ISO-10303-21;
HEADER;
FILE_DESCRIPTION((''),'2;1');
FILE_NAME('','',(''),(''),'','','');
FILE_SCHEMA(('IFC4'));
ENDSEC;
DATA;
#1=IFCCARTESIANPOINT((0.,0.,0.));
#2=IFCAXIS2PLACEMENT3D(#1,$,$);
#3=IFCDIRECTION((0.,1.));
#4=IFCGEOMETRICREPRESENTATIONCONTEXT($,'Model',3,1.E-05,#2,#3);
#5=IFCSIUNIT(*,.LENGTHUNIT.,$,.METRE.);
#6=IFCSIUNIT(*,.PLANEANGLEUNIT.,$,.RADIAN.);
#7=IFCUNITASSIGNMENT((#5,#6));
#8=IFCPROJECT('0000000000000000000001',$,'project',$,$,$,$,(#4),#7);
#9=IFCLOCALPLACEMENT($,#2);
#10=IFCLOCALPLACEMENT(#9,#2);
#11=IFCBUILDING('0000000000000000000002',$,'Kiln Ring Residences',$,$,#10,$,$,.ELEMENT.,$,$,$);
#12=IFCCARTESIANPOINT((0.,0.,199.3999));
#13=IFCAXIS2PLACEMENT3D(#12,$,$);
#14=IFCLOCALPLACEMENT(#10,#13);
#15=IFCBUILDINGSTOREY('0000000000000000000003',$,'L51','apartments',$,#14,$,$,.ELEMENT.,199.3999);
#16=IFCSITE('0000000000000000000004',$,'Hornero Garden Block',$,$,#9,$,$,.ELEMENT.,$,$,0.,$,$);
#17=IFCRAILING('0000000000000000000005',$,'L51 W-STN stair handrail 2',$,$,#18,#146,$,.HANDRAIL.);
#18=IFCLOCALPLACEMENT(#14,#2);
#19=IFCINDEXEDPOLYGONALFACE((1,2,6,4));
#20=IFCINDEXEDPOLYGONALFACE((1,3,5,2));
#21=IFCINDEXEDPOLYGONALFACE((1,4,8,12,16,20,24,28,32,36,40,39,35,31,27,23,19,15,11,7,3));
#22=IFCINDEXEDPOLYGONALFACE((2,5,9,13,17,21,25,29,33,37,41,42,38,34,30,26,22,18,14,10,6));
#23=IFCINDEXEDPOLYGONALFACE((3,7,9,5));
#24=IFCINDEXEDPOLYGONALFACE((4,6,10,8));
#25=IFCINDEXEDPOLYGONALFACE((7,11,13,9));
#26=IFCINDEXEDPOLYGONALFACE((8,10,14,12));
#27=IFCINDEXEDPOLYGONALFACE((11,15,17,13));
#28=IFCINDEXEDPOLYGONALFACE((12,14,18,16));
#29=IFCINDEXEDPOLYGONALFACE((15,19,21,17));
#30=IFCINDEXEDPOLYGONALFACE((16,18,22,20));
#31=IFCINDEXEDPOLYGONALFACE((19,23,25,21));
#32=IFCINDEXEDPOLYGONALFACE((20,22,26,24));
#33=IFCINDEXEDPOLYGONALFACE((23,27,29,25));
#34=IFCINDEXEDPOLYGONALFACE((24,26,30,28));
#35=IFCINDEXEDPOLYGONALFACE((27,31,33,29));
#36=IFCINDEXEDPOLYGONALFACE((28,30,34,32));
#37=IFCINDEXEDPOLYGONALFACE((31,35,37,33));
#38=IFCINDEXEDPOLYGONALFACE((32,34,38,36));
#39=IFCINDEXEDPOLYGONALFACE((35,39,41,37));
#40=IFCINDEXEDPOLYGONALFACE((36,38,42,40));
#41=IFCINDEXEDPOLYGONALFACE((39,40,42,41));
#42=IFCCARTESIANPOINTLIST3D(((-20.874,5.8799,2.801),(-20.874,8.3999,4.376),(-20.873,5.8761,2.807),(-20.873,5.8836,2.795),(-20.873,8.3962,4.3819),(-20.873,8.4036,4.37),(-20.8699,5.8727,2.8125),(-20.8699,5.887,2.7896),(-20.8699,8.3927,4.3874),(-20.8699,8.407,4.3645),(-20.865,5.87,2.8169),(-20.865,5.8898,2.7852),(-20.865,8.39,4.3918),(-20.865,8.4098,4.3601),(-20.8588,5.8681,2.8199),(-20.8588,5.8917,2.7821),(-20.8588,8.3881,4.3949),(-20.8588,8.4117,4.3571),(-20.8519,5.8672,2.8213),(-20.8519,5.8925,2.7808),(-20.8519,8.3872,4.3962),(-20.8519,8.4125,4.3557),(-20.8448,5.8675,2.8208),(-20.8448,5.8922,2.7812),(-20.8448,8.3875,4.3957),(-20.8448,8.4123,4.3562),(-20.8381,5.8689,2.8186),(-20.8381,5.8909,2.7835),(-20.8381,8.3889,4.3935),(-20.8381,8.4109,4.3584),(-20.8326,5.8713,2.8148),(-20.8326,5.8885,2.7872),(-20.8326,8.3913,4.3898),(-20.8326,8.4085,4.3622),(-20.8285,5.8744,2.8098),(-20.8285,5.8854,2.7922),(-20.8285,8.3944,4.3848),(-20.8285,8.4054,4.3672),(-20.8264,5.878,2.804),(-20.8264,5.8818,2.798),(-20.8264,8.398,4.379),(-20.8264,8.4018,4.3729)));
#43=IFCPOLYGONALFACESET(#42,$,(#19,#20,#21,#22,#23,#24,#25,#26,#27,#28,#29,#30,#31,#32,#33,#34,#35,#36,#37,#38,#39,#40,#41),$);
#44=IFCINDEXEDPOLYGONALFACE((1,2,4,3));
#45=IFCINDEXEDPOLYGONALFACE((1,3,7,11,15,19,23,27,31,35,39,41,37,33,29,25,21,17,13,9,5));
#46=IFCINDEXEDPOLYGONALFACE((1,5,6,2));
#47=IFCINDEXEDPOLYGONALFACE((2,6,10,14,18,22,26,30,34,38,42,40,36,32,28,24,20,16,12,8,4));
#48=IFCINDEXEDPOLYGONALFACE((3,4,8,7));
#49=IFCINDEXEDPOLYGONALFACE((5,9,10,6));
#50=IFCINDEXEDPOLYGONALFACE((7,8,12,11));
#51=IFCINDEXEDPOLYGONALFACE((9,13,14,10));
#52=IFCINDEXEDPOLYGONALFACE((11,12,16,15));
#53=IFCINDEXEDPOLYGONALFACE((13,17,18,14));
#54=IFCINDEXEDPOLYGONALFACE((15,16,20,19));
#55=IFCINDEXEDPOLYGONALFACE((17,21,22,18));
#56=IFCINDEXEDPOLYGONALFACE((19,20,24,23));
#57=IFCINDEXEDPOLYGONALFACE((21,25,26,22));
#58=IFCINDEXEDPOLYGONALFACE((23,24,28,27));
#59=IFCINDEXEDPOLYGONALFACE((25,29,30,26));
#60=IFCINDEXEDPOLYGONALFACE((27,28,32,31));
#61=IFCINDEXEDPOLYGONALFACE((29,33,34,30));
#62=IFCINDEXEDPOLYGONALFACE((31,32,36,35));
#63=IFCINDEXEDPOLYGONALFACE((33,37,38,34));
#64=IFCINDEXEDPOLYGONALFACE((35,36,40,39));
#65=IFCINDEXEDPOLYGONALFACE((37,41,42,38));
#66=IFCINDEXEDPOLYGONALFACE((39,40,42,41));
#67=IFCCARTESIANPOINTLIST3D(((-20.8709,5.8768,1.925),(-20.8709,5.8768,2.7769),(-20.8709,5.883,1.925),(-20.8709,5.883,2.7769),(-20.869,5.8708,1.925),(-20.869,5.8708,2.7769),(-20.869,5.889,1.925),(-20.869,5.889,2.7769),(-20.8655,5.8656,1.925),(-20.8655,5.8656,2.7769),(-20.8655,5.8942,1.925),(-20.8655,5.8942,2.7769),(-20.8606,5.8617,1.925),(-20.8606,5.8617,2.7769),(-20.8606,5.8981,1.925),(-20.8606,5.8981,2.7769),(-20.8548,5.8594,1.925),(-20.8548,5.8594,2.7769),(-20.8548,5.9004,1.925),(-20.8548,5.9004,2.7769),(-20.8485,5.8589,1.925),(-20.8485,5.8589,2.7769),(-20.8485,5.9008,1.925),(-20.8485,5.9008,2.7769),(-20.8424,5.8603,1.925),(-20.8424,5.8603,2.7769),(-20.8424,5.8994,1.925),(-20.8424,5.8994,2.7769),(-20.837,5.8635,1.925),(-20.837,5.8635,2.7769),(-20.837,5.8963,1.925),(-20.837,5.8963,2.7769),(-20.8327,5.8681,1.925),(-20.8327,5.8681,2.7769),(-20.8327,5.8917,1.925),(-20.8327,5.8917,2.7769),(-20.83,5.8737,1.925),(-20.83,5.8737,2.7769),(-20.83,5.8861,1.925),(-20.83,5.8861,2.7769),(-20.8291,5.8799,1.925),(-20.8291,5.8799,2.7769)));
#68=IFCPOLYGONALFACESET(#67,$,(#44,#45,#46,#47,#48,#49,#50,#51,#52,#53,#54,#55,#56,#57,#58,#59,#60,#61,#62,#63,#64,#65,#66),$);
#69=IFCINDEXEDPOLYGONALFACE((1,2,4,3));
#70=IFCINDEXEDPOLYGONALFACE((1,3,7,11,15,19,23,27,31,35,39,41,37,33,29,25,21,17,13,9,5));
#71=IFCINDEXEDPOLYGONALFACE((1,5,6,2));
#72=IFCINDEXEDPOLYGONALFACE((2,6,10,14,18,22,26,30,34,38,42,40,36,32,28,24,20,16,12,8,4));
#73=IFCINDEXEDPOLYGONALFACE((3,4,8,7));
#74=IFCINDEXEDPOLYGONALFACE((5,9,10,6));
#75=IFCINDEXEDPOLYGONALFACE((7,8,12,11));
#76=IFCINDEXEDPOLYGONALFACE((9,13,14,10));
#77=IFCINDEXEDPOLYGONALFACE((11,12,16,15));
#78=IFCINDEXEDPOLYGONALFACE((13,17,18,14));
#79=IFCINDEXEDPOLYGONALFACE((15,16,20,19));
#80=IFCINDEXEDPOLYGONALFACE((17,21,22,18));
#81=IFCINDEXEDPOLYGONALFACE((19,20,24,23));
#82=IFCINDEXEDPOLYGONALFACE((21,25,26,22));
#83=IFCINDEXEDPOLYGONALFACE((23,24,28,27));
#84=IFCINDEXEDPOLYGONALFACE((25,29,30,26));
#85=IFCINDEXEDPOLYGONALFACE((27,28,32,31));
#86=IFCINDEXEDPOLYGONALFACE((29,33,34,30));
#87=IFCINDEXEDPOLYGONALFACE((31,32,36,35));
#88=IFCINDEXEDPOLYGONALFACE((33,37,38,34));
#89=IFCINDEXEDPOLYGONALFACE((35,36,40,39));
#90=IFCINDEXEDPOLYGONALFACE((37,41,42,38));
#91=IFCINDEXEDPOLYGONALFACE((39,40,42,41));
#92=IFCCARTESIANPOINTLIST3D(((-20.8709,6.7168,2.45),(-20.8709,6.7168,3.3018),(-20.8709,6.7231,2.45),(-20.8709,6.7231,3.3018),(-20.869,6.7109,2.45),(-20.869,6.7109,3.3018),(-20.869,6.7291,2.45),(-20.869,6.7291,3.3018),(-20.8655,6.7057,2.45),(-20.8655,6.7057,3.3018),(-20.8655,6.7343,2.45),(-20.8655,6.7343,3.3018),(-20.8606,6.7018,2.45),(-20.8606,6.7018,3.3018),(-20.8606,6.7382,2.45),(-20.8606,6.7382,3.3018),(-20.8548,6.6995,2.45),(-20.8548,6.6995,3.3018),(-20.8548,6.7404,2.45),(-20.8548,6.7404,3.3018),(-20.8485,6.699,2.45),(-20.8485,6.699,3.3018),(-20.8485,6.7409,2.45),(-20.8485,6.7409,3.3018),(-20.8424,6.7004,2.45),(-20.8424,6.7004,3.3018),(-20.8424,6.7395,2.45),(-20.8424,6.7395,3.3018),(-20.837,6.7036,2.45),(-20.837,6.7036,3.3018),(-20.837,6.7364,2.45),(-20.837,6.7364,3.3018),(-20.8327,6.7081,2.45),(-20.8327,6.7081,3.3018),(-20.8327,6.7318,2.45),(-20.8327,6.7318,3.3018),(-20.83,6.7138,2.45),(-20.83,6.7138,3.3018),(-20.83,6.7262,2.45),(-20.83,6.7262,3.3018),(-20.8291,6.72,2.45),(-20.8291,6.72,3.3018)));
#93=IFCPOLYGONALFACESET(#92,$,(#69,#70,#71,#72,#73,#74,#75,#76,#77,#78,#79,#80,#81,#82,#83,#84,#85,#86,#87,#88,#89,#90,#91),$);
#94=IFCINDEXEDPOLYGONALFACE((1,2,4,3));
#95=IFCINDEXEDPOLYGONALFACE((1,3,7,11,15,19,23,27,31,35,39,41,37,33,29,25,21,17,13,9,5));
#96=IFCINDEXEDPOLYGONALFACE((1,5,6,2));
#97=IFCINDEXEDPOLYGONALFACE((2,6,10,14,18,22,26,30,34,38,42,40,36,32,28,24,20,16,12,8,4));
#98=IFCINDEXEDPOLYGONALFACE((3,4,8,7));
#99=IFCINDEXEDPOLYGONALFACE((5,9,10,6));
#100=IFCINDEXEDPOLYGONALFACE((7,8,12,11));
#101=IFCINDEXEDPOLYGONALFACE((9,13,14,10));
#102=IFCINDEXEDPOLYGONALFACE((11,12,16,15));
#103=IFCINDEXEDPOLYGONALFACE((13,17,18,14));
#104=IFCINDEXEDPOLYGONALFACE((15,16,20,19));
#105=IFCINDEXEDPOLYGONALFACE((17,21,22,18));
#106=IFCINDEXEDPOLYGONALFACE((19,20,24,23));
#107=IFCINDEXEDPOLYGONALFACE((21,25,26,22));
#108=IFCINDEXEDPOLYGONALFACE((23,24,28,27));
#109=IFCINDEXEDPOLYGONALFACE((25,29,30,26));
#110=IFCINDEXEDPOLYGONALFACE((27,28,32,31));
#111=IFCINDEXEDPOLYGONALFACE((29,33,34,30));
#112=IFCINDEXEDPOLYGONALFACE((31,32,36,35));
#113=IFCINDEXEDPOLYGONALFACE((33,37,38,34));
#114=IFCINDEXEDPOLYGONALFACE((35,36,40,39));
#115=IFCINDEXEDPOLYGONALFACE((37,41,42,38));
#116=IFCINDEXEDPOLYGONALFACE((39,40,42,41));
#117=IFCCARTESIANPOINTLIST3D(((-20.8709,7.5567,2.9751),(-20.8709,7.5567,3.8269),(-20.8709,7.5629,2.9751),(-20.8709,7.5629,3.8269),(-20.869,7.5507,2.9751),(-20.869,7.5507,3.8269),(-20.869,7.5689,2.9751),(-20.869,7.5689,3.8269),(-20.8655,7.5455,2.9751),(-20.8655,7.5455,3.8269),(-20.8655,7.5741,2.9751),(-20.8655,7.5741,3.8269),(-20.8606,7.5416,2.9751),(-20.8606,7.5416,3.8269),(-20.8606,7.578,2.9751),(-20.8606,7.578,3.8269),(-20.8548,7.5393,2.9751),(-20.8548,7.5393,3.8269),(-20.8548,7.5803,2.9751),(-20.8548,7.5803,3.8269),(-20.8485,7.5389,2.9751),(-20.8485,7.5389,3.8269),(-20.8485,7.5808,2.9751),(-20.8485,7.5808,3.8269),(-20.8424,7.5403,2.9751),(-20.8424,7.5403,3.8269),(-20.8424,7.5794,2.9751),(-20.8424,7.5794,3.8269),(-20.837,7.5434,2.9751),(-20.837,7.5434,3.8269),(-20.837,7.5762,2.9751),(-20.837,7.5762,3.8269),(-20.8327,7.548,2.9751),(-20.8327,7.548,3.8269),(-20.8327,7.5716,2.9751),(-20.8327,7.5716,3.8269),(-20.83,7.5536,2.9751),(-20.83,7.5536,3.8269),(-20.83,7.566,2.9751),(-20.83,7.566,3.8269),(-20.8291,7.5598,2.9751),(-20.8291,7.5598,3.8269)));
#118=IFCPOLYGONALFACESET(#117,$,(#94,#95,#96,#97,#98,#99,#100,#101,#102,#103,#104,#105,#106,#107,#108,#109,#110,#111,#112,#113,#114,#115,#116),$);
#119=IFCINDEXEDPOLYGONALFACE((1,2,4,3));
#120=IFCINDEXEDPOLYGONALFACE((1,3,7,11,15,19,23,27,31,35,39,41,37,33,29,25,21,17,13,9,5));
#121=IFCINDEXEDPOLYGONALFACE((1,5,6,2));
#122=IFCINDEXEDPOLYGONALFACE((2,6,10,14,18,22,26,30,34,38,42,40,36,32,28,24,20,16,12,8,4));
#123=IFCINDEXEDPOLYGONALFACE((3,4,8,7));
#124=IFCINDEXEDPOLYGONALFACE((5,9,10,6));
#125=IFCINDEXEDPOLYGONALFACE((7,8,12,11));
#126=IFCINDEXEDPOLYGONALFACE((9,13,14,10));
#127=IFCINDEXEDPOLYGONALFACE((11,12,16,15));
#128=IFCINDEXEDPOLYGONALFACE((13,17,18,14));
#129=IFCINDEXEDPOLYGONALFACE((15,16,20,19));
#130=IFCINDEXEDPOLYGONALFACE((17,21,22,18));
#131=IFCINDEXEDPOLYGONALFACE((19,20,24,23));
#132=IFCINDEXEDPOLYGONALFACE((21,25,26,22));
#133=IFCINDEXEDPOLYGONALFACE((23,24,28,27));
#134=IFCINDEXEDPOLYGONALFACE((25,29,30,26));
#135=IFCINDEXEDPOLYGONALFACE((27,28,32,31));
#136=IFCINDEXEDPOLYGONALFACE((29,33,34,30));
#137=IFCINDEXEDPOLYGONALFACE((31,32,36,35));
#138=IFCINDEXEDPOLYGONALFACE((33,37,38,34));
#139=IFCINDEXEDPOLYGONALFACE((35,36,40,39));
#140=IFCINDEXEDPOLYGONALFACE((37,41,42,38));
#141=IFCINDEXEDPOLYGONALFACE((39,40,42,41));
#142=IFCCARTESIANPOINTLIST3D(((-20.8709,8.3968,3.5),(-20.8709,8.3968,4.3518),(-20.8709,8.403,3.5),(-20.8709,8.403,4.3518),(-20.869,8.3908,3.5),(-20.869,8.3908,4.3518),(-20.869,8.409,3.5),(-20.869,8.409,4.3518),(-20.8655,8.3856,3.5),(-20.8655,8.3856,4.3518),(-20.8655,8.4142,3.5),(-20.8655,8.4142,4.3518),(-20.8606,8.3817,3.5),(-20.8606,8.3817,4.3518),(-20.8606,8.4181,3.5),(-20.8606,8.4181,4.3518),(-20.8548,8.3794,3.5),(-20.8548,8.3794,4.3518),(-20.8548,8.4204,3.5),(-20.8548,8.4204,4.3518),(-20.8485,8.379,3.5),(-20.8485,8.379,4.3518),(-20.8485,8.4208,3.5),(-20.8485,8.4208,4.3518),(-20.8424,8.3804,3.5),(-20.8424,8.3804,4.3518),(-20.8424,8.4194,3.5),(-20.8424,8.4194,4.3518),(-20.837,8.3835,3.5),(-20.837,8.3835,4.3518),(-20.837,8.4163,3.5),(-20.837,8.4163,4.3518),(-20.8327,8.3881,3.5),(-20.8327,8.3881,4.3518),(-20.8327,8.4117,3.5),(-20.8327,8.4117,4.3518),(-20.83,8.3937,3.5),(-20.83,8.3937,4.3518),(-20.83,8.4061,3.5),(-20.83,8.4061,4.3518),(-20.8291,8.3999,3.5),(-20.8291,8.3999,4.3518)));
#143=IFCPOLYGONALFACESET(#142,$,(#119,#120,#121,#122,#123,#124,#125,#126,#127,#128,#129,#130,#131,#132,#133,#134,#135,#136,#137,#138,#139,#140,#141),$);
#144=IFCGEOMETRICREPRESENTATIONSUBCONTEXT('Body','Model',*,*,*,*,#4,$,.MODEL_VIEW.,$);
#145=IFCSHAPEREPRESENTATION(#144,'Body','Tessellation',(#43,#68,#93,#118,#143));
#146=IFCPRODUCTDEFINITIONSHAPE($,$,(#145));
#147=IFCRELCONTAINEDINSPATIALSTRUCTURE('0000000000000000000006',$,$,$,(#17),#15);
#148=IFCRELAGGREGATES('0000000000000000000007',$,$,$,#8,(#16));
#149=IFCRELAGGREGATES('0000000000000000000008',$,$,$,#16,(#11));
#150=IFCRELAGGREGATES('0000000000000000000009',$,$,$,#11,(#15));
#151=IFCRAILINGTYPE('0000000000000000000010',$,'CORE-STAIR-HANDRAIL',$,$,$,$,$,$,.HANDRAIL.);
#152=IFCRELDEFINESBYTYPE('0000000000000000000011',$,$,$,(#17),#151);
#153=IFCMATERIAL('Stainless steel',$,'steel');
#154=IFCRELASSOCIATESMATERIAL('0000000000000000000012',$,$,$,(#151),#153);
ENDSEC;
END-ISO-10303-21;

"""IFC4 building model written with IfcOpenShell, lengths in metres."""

from ifc_helpers import new_model, si_unit, direction, frame, origin, origin_2d, place, context, subcontext, project, spatial, circle, extrude, material, type_object, element, save


model = new_model("IFC4")

# Units and contexts
model_context = context("Model", 3, precision=1e-05, world=origin(), true_north=direction((0.0, 1.0)))
body_context = subcontext(model_context, "Body", "Model", "MODEL_VIEW")
ifc_project = project(units=[si_unit("LENGTHUNIT", "METRE"), si_unit("PLANEANGLEUNIT", "RADIAN")], contexts=[model_context])

# Site, building, storey
site_placement = place(None, origin())
site = spatial("IfcSite", under=ifc_project, at=site_placement, Name="Hornero Garden Block", CompositionType="ELEMENT", RefElevation=0.0)
building_placement = place(site_placement, origin())
building = spatial("IfcBuilding", under=site, at=building_placement, Name="Kiln Ring Residences", CompositionType="ELEMENT")
storey_placement = place(building_placement, frame((0.0, 0.0, 199.3999)))
storey = spatial("IfcBuildingStorey", under=building, at=storey_placement, Name="L51", Description="apartments", CompositionType="ELEMENT", Elevation=199.3999)

# Railing
ifc_material_1 = material(Name="Stainless steel", Category="steel")
railing_type_1 = type_object("IfcRailingType", Name="CORE-STAIR-HANDRAIL", PredefinedType="HANDRAIL", material=ifc_material_1)
railing_1_placement = place(storey_placement, frame((-20.8501, 5.8799, 1.925)))
element("IfcRailing", 1, at=railing_1_placement, inside=storey, type_object=railing_type_1, Name="L51 W-STN stair handrail 2", PredefinedType="HANDRAIL", context=body_context, shape_type="SweptSolid", body=[
    extrude(circle(Radius=0.0239, at=origin_2d()), frame((0.0, 0.0, 0.876), z_axis=(0.0, 0.848008, 0.529984), x_axis=(-1.0, 0.0, 0.0)), (0.0, 0.0, 1.0), 2.9717),
    extrude(circle(Radius=0.021, at=origin_2d()), origin(), (0.0, 0.0, 1.0), 0.8518),
    extrude(circle(Radius=0.021, at=origin_2d()), frame((0.0, 0.8401, 0.5249)), (0.0, 0.0, 1.0), 0.8518),
    extrude(circle(Radius=0.021, at=origin_2d()), frame((0.0, 1.6799, 1.05)), (0.0, 0.0, 1.0), 0.8518),
    extrude(circle(Radius=0.021, at=origin_2d()), frame((0.0, 2.52, 1.575)), (0.0, 0.0, 1.0), 0.8518),
])

save(model, "model.ifc")
